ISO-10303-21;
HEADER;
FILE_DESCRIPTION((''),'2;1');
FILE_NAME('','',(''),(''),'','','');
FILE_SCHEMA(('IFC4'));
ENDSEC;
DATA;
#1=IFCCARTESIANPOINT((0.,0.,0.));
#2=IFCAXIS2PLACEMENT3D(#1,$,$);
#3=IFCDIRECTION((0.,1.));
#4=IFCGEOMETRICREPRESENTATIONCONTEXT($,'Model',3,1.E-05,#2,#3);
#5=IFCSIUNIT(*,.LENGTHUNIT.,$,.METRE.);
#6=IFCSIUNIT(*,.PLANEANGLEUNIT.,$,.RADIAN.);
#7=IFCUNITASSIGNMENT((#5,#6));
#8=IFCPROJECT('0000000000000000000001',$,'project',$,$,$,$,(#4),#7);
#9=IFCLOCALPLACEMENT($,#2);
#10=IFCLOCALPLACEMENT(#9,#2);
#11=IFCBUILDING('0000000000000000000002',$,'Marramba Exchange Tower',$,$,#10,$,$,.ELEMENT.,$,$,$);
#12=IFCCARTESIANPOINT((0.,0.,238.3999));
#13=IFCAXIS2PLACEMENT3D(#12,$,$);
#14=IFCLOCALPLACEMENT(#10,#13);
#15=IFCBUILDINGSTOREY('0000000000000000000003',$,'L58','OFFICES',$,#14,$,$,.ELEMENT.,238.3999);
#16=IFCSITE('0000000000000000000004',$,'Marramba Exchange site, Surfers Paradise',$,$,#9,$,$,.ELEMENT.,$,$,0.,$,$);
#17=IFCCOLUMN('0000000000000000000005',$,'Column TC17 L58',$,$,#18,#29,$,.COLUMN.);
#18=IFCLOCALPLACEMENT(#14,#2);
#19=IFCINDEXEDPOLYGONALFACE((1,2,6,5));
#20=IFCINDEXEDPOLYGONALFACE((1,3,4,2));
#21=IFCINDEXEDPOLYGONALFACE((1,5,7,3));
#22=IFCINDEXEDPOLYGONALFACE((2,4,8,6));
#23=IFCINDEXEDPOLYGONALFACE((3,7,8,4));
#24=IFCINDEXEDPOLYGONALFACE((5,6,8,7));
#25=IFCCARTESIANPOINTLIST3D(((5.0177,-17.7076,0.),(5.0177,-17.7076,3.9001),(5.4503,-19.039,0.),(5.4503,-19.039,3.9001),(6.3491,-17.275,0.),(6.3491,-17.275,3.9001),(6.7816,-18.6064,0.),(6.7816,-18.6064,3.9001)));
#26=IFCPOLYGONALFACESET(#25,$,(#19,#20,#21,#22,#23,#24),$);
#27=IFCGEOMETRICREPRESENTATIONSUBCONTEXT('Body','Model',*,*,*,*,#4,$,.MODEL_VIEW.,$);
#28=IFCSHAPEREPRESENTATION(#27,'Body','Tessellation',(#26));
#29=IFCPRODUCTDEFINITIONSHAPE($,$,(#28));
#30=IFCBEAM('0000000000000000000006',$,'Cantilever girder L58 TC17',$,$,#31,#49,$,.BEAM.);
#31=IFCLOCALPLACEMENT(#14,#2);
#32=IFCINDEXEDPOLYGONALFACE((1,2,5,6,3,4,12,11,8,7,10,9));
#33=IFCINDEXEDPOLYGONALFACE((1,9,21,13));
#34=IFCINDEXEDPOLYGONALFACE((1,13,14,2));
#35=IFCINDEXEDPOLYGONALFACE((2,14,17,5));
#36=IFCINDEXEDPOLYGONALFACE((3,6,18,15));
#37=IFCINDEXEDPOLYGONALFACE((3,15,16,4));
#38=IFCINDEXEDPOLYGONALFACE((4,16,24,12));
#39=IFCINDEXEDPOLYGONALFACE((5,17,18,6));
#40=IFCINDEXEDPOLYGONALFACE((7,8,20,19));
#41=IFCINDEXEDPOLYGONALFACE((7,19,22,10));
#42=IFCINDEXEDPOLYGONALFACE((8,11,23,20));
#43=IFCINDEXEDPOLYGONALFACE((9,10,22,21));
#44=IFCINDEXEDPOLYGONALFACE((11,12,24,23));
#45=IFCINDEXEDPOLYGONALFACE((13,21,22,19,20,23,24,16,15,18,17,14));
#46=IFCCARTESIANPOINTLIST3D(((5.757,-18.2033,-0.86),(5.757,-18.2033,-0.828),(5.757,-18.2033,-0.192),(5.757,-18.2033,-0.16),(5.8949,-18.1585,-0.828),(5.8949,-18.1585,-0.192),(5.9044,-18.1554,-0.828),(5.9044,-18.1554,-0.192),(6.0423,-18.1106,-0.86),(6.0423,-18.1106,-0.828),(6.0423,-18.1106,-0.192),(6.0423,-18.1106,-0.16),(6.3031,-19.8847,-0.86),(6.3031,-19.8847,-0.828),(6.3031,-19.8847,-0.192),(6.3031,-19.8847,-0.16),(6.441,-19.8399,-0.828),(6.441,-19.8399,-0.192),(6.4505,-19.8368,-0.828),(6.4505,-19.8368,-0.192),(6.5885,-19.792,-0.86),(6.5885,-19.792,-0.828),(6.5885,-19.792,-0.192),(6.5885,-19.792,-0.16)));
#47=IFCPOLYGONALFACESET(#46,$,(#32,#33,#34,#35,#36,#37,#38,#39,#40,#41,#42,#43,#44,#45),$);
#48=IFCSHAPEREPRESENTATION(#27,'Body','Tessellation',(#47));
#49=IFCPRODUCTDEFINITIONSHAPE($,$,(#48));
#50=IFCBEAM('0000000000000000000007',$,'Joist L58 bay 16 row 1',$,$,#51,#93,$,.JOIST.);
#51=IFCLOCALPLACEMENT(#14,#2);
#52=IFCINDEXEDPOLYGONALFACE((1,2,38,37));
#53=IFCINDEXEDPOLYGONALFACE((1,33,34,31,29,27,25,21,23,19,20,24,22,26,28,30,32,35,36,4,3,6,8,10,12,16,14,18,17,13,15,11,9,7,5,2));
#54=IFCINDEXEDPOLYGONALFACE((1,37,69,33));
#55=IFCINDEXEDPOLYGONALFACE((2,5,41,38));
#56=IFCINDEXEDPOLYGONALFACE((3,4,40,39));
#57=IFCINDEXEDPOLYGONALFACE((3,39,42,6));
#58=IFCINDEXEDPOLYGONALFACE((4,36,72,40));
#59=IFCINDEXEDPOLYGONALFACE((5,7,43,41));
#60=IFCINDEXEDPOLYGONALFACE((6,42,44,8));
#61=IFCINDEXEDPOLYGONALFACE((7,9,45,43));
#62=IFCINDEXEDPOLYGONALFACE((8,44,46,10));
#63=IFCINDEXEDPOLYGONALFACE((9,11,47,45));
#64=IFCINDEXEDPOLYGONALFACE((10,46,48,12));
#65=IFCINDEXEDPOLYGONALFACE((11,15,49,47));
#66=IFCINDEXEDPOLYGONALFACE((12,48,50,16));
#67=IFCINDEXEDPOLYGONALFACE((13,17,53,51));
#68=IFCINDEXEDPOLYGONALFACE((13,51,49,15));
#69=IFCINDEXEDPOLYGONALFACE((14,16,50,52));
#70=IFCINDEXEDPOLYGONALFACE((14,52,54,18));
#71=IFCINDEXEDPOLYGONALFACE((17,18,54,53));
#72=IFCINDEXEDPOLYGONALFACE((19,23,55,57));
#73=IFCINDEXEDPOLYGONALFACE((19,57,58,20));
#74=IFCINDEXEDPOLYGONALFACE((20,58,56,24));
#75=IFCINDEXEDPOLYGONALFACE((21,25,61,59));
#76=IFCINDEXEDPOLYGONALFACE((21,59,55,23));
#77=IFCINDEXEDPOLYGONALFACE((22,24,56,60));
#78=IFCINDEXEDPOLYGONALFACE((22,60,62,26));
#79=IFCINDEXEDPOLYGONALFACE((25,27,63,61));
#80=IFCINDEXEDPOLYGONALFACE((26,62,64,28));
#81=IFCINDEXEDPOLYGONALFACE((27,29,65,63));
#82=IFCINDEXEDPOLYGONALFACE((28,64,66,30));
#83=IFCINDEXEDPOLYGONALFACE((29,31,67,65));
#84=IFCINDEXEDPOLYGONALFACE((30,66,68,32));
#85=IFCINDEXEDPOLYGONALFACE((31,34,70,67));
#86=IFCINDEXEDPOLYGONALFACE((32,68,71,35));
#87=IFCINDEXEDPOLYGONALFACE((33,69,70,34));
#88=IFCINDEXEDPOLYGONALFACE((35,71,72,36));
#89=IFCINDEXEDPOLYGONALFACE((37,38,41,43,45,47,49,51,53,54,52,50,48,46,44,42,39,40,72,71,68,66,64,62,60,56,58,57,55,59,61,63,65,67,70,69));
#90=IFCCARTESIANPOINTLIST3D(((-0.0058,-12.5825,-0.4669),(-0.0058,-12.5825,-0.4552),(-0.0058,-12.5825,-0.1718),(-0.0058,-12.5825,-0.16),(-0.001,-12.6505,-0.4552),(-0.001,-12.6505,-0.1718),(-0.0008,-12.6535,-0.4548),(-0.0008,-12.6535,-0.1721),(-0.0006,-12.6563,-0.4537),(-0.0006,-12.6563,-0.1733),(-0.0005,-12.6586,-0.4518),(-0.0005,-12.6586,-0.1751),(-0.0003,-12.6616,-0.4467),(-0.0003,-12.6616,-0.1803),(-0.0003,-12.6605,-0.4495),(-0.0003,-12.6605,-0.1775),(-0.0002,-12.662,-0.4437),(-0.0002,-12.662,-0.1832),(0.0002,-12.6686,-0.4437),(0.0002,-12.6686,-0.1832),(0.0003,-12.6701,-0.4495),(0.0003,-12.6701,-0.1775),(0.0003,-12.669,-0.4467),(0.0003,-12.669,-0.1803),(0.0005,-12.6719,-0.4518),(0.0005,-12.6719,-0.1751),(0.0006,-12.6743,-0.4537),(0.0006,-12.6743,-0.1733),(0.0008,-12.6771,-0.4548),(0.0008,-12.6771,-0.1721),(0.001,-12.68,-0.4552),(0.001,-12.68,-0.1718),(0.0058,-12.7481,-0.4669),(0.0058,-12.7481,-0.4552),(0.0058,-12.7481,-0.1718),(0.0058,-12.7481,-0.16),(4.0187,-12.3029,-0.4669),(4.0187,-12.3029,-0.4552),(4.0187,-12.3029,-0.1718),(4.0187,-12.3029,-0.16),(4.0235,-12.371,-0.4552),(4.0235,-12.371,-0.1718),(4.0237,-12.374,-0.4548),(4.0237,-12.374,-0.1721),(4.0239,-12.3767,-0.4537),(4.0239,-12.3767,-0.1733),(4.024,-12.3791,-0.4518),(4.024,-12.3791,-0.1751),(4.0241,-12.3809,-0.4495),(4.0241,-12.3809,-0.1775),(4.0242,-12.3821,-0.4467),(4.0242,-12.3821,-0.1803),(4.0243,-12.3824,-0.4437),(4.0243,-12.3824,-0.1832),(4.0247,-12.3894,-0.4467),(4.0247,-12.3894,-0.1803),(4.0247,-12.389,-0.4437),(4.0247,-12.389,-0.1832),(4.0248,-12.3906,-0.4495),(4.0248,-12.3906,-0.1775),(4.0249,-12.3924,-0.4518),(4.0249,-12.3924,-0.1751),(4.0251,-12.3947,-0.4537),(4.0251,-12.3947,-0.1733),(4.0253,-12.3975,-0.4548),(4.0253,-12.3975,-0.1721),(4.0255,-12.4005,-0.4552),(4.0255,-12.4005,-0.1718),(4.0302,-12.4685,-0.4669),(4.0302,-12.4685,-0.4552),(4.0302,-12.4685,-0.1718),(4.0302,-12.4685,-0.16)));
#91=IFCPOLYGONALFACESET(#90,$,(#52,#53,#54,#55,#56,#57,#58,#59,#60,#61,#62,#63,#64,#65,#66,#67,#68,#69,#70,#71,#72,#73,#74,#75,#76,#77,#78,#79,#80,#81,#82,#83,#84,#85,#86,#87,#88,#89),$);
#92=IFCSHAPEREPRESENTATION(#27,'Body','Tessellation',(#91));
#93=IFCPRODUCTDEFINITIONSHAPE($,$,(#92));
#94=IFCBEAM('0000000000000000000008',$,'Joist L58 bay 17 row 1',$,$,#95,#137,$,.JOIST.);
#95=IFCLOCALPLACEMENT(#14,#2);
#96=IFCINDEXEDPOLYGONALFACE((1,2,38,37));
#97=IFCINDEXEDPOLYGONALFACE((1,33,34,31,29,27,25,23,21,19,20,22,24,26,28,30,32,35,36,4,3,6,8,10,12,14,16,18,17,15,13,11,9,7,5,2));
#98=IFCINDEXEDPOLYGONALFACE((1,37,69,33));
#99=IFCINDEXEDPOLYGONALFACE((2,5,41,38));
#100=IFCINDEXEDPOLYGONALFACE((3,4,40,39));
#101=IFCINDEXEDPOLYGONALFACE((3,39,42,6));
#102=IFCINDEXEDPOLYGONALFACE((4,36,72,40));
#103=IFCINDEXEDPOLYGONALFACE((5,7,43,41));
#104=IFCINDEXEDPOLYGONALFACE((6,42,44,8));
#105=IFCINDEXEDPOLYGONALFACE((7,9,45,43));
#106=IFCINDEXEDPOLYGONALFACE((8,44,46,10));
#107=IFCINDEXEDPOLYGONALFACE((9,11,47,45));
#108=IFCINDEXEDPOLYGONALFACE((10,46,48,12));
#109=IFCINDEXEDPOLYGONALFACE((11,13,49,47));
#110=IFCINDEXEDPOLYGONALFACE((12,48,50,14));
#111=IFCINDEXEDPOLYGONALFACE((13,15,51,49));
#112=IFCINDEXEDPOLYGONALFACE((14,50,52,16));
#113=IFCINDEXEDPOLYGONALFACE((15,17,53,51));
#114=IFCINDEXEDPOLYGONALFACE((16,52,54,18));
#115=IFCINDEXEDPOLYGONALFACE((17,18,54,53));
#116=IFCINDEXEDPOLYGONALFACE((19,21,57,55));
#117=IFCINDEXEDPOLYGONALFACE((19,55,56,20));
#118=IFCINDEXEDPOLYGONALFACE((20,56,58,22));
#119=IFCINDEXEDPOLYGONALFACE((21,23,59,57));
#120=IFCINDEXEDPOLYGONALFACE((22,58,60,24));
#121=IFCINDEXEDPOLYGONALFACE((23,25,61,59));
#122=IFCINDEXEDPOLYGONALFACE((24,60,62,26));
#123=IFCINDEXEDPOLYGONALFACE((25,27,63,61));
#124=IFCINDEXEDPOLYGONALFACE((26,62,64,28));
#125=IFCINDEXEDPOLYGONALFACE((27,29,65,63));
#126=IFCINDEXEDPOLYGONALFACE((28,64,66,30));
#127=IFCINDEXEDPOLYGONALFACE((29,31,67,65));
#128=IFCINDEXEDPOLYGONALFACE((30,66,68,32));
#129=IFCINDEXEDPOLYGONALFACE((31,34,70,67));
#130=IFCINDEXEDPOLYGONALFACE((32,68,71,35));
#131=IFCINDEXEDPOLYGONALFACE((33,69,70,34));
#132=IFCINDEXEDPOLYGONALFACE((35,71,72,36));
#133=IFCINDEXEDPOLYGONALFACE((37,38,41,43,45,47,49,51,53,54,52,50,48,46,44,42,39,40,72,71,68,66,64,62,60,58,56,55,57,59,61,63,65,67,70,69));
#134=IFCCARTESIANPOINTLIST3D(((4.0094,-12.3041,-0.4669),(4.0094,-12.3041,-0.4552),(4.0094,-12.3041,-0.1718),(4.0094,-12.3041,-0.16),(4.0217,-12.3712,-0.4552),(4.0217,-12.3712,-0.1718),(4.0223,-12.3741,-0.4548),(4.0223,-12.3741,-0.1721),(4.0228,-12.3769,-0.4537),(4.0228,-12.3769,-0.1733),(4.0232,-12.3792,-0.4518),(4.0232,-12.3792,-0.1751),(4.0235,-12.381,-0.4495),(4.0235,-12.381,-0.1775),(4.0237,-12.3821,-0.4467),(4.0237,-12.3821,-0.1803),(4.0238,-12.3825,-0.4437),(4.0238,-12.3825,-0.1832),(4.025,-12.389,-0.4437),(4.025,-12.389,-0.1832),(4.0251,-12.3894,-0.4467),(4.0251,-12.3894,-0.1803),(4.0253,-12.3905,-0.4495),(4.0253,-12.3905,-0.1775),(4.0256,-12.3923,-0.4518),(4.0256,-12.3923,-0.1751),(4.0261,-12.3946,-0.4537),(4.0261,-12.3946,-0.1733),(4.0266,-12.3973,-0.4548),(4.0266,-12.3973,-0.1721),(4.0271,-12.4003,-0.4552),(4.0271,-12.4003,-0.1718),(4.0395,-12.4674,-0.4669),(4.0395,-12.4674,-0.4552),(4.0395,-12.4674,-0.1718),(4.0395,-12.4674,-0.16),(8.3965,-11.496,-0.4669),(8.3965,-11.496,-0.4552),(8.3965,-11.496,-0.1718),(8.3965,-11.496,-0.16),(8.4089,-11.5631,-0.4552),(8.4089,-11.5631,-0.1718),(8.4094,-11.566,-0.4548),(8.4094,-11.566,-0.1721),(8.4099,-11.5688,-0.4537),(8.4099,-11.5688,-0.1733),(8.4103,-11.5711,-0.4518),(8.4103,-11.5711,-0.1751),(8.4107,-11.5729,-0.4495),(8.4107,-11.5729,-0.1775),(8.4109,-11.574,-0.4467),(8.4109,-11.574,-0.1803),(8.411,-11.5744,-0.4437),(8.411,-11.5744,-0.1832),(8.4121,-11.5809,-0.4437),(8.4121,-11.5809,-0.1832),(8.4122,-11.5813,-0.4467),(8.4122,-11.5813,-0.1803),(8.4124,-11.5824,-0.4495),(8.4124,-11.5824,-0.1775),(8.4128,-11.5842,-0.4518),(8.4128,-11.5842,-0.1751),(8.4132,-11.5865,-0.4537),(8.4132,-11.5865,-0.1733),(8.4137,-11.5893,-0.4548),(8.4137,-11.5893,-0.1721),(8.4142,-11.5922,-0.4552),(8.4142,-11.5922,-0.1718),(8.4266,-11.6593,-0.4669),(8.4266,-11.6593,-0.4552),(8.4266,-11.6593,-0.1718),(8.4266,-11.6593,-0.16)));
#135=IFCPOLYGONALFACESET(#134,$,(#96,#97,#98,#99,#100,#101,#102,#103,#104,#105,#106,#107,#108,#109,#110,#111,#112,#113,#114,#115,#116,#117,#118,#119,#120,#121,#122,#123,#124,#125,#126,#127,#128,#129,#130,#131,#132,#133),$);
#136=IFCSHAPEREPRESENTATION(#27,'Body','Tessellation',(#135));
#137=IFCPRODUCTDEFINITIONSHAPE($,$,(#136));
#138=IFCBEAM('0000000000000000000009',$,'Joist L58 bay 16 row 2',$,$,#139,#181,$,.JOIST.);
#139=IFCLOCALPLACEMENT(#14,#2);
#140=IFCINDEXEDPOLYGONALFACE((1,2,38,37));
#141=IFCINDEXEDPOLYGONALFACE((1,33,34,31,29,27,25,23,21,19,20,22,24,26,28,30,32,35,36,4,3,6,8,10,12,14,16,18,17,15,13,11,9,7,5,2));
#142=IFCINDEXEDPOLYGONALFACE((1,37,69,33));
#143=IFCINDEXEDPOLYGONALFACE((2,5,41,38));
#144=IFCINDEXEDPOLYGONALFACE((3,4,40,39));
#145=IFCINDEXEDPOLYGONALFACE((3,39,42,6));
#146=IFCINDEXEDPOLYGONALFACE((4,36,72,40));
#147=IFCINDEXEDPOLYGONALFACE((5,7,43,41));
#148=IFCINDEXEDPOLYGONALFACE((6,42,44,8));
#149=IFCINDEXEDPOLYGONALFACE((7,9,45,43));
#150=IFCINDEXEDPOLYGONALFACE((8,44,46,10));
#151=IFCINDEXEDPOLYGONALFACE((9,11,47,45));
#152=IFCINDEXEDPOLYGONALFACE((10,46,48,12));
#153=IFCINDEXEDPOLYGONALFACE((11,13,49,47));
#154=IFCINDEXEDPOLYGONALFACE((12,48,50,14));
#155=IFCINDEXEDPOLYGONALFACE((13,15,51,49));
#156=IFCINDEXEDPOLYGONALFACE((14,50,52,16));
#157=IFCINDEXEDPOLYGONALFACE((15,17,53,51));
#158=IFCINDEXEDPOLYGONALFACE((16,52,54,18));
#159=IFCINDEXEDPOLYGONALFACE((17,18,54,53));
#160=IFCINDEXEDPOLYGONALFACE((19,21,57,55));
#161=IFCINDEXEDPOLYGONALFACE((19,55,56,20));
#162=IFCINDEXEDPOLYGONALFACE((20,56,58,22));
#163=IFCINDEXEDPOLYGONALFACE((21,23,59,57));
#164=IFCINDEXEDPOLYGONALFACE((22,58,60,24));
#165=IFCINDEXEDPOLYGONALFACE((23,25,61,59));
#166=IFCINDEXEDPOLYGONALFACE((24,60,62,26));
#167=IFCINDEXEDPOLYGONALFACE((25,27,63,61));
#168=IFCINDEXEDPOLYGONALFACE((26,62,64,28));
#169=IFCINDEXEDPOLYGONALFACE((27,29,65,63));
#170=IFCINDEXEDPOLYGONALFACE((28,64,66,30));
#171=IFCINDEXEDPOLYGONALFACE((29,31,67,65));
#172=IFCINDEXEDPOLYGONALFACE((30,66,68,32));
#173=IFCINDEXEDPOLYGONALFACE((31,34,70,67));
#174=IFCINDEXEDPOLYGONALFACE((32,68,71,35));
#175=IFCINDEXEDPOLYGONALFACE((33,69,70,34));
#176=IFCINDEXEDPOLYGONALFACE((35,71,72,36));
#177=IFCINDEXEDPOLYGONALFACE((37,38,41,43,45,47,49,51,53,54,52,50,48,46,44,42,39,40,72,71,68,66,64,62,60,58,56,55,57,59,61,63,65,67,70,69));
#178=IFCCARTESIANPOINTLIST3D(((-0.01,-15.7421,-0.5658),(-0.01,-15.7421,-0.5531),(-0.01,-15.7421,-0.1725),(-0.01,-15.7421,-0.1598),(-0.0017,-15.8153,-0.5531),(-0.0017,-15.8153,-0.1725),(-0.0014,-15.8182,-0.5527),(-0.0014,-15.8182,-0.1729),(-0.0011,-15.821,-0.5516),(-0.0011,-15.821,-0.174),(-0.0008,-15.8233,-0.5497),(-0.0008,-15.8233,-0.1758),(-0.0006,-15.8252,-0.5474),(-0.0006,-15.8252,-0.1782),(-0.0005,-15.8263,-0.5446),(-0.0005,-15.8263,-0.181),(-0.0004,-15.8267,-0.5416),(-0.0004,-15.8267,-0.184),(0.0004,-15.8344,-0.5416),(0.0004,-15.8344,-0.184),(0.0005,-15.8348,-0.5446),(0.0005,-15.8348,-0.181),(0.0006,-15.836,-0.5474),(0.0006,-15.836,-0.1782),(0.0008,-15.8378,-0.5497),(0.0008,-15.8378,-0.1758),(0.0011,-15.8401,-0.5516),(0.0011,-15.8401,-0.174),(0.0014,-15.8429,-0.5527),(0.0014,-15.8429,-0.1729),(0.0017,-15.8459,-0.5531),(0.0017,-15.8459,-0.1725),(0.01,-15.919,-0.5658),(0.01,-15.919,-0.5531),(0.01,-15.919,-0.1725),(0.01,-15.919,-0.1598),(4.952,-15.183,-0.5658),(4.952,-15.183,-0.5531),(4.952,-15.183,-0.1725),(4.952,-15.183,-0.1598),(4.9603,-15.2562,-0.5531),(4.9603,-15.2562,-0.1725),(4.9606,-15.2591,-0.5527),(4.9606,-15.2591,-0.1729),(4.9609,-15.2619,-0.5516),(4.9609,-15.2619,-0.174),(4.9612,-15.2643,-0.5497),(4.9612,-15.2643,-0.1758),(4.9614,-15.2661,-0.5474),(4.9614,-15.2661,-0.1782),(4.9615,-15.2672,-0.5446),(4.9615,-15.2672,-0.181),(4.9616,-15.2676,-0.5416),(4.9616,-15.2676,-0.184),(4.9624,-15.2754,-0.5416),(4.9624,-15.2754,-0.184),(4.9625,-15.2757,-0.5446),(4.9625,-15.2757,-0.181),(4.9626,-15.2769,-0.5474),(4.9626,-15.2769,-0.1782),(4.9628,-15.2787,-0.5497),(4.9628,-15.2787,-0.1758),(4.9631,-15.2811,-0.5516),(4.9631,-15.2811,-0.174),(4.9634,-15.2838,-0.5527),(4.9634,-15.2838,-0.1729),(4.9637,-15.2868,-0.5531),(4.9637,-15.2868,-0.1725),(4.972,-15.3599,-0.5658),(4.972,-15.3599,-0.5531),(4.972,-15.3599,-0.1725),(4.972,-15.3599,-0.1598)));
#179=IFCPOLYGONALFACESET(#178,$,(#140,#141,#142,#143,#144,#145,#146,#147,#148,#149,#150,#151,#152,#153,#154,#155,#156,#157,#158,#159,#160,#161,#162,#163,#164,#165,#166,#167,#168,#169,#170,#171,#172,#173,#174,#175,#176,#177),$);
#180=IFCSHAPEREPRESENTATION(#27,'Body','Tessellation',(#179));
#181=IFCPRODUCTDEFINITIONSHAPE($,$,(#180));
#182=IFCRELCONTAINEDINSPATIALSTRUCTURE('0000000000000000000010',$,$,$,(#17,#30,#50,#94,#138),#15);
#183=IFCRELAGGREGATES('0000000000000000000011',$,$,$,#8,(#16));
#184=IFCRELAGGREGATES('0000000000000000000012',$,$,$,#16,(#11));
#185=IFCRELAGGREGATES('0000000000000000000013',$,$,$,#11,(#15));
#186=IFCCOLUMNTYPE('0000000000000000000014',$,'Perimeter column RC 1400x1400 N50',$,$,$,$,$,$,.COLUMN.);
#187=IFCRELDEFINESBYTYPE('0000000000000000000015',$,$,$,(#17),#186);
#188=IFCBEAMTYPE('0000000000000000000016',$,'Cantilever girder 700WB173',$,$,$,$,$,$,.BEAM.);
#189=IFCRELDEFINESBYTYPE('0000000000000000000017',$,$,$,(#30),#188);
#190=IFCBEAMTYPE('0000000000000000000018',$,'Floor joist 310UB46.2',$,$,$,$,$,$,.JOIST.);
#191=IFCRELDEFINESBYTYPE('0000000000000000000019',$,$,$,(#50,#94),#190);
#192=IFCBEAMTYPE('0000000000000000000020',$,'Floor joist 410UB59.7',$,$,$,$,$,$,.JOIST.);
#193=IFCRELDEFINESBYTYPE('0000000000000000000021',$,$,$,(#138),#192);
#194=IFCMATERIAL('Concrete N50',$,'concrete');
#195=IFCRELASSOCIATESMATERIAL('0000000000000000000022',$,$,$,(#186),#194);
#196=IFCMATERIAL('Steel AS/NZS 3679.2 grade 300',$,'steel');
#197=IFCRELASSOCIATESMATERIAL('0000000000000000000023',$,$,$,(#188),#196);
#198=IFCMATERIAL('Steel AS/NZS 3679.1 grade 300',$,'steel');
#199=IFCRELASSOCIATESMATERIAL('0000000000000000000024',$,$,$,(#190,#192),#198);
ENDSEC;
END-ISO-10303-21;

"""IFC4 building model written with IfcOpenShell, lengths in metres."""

from ifc_helpers import new_model, si_unit, direction, frame, origin, origin_2d, place, context, subcontext, project, spatial, rectangle, i_section, extrude, material, material_profile, profile_set, type_object, element, save


model = new_model("IFC4")

# Units and contexts
model_context = context("Model", 3, precision=1e-05, world=origin(), true_north=direction((0.0, 1.0)))
body_context = subcontext(model_context, "Body", "Model", "MODEL_VIEW")
ifc_project = project(units=[si_unit("LENGTHUNIT", "METRE"), si_unit("PLANEANGLEUNIT", "RADIAN")], contexts=[model_context])

# Site, building, storey
site_placement = place(None, origin())
site = spatial("IfcSite", under=ifc_project, at=site_placement, Name="Marramba Exchange site, Surfers Paradise", CompositionType="ELEMENT", RefElevation=0.0)
building_placement = place(site_placement, origin())
building = spatial("IfcBuilding", under=site, at=building_placement, Name="Marramba Exchange Tower", CompositionType="ELEMENT")
storey_placement = place(building_placement, frame((0.0, 0.0, 238.3999)))
storey = spatial("IfcBuildingStorey", under=building, at=storey_placement, Name="L58", Description="OFFICES", CompositionType="ELEMENT", Elevation=238.3999)

# Column
ifc_material_1 = material(Name="Concrete N50", Category="concrete")
ifc_material_profile_1 = material_profile(ifc_material_1, rectangle(XDim=1.3999, YDim=1.3999, at=origin_2d()), Name="RC 1400x1400")
ifc_profile_set_1 = profile_set([ifc_material_profile_1], Name="Concrete N50")
column_type = type_object("IfcColumnType", Name="Perimeter column RC 1400x1400 N50", PredefinedType="COLUMN", material=ifc_profile_set_1)
column_placement = place(storey_placement, frame((5.8997, -18.157, 0.0), z_axis=(0.0, 0.0, 1.0), x_axis=(0.309017, -0.951057, 0.0)))
element("IfcColumn", 1, at=column_placement, inside=storey, type_object=column_type, Name="Column TC17 L58", PredefinedType="COLUMN", context=body_context, shape_type="SweptSolid", body=[
    extrude(rectangle(XDim=1.3999, YDim=1.3999, at=origin_2d()), origin(), (0.0, 0.0, 1.0), 3.9001),
])

# Beams
ifc_material_2 = material(Name="Steel AS/NZS 3679.2 grade 300", Category="steel")
ifc_material_profile_2 = material_profile(ifc_material_2, i_section(OverallWidth=0.3, OverallDepth=0.7, WebThickness=0.01, FlangeThickness=0.032, at=origin_2d()), Name="700WB173")
ifc_profile_set_2 = profile_set([ifc_material_profile_2], Name="Steel AS/NZS 3679.2 grade 300")
beam_type_1 = type_object("IfcBeamType", Name="Cantilever girder 700WB173", PredefinedType="BEAM", material=ifc_profile_set_2)
beam_1_placement = place(storey_placement, frame((5.8997, -18.157, -0.51), z_axis=(0.308927, -0.951086, 0.0), x_axis=(0.951086, 0.308927, 0.0)))
element("IfcBeam", 2, at=beam_1_placement, inside=storey, type_object=beam_type_1, Name="Cantilever girder L58 TC17", PredefinedType="BEAM", context=body_context, shape_type="SweptSolid", body=[
    extrude(i_section(OverallWidth=0.3, OverallDepth=0.7, WebThickness=0.01, FlangeThickness=0.032, at=origin_2d()), origin(), (0.0, 0.0, 1.0), 1.7678),
])
ifc_material_3 = material(Name="Steel AS/NZS 3679.1 grade 300", Category="steel")
ifc_material_profile_3 = material_profile(ifc_material_3, i_section(OverallWidth=0.166, OverallDepth=0.3069, WebThickness=0.0066, FlangeThickness=0.0117, FilletRadius=0.0115, at=origin_2d()), Name="310UB46.2")
ifc_profile_set_3 = profile_set([ifc_material_profile_3], Name="Steel AS/NZS 3679.1 grade 300")
beam_type_2 = type_object("IfcBeamType", Name="Floor joist 310UB46.2", PredefinedType="JOIST", material=ifc_profile_set_3)
beam_2_placement = place(storey_placement, frame((0.0, -12.6653, -0.3135), z_axis=(0.997596, 0.069294, 0.0), x_axis=(-0.069294, 0.997596, 0.0)))
element("IfcBeam", 3, at=beam_2_placement, inside=storey, type_object=beam_type_2, Name="Joist L58 bay 16 row 1", PredefinedType="JOIST", context=body_context, shape_type="SweptSolid", body=[
    extrude(i_section(OverallWidth=0.166, OverallDepth=0.3069, WebThickness=0.0066, FlangeThickness=0.0117, FilletRadius=0.0115, at=origin_2d()), origin(), (0.0, 0.0, 1.0), 4.0342),
])
beam_3_placement = place(storey_placement, frame((4.0244, -12.3857, -0.3135), z_axis=(0.983456, 0.181149, 0.0), x_axis=(-0.181149, 0.983456, 0.0)))
element("IfcBeam", 4, at=beam_3_placement, inside=storey, type_object=beam_type_2, Name="Joist L58 bay 17 row 1", PredefinedType="JOIST", context=body_context, shape_type="SweptSolid", body=[
    extrude(i_section(OverallWidth=0.166, OverallDepth=0.3069, WebThickness=0.0066, FlangeThickness=0.0117, FilletRadius=0.0115, at=origin_2d()), origin(), (0.0, 0.0, 1.0), 4.4609),
])
ifc_material_profile_4 = material_profile(ifc_material_3, i_section(OverallWidth=0.178, OverallDepth=0.406, WebThickness=0.0078, FlangeThickness=0.0127, FilletRadius=0.0115, at=origin_2d()), Name="410UB59.7")
ifc_profile_set_4 = profile_set([ifc_material_profile_4], Name="Steel AS/NZS 3679.1 grade 300")
beam_type_3 = type_object("IfcBeamType", Name="Floor joist 410UB59.7", PredefinedType="JOIST", material=ifc_profile_set_4)
beam_4_placement = place(storey_placement, frame((0.0, -15.8306, -0.3628), z_axis=(0.993712, 0.111966, 0.0), x_axis=(-0.111966, 0.993712, 0.0)))
element("IfcBeam", 5, at=beam_4_placement, inside=storey, type_object=beam_type_3, Name="Joist L58 bay 16 row 2", PredefinedType="JOIST", context=body_context, shape_type="SweptSolid", body=[
    extrude(i_section(OverallWidth=0.178, OverallDepth=0.406, WebThickness=0.0078, FlangeThickness=0.0127, FilletRadius=0.0115, at=origin_2d()), origin(), (0.0, 0.0, 1.0), 4.9934),
])

save(model, "model.ifc")
